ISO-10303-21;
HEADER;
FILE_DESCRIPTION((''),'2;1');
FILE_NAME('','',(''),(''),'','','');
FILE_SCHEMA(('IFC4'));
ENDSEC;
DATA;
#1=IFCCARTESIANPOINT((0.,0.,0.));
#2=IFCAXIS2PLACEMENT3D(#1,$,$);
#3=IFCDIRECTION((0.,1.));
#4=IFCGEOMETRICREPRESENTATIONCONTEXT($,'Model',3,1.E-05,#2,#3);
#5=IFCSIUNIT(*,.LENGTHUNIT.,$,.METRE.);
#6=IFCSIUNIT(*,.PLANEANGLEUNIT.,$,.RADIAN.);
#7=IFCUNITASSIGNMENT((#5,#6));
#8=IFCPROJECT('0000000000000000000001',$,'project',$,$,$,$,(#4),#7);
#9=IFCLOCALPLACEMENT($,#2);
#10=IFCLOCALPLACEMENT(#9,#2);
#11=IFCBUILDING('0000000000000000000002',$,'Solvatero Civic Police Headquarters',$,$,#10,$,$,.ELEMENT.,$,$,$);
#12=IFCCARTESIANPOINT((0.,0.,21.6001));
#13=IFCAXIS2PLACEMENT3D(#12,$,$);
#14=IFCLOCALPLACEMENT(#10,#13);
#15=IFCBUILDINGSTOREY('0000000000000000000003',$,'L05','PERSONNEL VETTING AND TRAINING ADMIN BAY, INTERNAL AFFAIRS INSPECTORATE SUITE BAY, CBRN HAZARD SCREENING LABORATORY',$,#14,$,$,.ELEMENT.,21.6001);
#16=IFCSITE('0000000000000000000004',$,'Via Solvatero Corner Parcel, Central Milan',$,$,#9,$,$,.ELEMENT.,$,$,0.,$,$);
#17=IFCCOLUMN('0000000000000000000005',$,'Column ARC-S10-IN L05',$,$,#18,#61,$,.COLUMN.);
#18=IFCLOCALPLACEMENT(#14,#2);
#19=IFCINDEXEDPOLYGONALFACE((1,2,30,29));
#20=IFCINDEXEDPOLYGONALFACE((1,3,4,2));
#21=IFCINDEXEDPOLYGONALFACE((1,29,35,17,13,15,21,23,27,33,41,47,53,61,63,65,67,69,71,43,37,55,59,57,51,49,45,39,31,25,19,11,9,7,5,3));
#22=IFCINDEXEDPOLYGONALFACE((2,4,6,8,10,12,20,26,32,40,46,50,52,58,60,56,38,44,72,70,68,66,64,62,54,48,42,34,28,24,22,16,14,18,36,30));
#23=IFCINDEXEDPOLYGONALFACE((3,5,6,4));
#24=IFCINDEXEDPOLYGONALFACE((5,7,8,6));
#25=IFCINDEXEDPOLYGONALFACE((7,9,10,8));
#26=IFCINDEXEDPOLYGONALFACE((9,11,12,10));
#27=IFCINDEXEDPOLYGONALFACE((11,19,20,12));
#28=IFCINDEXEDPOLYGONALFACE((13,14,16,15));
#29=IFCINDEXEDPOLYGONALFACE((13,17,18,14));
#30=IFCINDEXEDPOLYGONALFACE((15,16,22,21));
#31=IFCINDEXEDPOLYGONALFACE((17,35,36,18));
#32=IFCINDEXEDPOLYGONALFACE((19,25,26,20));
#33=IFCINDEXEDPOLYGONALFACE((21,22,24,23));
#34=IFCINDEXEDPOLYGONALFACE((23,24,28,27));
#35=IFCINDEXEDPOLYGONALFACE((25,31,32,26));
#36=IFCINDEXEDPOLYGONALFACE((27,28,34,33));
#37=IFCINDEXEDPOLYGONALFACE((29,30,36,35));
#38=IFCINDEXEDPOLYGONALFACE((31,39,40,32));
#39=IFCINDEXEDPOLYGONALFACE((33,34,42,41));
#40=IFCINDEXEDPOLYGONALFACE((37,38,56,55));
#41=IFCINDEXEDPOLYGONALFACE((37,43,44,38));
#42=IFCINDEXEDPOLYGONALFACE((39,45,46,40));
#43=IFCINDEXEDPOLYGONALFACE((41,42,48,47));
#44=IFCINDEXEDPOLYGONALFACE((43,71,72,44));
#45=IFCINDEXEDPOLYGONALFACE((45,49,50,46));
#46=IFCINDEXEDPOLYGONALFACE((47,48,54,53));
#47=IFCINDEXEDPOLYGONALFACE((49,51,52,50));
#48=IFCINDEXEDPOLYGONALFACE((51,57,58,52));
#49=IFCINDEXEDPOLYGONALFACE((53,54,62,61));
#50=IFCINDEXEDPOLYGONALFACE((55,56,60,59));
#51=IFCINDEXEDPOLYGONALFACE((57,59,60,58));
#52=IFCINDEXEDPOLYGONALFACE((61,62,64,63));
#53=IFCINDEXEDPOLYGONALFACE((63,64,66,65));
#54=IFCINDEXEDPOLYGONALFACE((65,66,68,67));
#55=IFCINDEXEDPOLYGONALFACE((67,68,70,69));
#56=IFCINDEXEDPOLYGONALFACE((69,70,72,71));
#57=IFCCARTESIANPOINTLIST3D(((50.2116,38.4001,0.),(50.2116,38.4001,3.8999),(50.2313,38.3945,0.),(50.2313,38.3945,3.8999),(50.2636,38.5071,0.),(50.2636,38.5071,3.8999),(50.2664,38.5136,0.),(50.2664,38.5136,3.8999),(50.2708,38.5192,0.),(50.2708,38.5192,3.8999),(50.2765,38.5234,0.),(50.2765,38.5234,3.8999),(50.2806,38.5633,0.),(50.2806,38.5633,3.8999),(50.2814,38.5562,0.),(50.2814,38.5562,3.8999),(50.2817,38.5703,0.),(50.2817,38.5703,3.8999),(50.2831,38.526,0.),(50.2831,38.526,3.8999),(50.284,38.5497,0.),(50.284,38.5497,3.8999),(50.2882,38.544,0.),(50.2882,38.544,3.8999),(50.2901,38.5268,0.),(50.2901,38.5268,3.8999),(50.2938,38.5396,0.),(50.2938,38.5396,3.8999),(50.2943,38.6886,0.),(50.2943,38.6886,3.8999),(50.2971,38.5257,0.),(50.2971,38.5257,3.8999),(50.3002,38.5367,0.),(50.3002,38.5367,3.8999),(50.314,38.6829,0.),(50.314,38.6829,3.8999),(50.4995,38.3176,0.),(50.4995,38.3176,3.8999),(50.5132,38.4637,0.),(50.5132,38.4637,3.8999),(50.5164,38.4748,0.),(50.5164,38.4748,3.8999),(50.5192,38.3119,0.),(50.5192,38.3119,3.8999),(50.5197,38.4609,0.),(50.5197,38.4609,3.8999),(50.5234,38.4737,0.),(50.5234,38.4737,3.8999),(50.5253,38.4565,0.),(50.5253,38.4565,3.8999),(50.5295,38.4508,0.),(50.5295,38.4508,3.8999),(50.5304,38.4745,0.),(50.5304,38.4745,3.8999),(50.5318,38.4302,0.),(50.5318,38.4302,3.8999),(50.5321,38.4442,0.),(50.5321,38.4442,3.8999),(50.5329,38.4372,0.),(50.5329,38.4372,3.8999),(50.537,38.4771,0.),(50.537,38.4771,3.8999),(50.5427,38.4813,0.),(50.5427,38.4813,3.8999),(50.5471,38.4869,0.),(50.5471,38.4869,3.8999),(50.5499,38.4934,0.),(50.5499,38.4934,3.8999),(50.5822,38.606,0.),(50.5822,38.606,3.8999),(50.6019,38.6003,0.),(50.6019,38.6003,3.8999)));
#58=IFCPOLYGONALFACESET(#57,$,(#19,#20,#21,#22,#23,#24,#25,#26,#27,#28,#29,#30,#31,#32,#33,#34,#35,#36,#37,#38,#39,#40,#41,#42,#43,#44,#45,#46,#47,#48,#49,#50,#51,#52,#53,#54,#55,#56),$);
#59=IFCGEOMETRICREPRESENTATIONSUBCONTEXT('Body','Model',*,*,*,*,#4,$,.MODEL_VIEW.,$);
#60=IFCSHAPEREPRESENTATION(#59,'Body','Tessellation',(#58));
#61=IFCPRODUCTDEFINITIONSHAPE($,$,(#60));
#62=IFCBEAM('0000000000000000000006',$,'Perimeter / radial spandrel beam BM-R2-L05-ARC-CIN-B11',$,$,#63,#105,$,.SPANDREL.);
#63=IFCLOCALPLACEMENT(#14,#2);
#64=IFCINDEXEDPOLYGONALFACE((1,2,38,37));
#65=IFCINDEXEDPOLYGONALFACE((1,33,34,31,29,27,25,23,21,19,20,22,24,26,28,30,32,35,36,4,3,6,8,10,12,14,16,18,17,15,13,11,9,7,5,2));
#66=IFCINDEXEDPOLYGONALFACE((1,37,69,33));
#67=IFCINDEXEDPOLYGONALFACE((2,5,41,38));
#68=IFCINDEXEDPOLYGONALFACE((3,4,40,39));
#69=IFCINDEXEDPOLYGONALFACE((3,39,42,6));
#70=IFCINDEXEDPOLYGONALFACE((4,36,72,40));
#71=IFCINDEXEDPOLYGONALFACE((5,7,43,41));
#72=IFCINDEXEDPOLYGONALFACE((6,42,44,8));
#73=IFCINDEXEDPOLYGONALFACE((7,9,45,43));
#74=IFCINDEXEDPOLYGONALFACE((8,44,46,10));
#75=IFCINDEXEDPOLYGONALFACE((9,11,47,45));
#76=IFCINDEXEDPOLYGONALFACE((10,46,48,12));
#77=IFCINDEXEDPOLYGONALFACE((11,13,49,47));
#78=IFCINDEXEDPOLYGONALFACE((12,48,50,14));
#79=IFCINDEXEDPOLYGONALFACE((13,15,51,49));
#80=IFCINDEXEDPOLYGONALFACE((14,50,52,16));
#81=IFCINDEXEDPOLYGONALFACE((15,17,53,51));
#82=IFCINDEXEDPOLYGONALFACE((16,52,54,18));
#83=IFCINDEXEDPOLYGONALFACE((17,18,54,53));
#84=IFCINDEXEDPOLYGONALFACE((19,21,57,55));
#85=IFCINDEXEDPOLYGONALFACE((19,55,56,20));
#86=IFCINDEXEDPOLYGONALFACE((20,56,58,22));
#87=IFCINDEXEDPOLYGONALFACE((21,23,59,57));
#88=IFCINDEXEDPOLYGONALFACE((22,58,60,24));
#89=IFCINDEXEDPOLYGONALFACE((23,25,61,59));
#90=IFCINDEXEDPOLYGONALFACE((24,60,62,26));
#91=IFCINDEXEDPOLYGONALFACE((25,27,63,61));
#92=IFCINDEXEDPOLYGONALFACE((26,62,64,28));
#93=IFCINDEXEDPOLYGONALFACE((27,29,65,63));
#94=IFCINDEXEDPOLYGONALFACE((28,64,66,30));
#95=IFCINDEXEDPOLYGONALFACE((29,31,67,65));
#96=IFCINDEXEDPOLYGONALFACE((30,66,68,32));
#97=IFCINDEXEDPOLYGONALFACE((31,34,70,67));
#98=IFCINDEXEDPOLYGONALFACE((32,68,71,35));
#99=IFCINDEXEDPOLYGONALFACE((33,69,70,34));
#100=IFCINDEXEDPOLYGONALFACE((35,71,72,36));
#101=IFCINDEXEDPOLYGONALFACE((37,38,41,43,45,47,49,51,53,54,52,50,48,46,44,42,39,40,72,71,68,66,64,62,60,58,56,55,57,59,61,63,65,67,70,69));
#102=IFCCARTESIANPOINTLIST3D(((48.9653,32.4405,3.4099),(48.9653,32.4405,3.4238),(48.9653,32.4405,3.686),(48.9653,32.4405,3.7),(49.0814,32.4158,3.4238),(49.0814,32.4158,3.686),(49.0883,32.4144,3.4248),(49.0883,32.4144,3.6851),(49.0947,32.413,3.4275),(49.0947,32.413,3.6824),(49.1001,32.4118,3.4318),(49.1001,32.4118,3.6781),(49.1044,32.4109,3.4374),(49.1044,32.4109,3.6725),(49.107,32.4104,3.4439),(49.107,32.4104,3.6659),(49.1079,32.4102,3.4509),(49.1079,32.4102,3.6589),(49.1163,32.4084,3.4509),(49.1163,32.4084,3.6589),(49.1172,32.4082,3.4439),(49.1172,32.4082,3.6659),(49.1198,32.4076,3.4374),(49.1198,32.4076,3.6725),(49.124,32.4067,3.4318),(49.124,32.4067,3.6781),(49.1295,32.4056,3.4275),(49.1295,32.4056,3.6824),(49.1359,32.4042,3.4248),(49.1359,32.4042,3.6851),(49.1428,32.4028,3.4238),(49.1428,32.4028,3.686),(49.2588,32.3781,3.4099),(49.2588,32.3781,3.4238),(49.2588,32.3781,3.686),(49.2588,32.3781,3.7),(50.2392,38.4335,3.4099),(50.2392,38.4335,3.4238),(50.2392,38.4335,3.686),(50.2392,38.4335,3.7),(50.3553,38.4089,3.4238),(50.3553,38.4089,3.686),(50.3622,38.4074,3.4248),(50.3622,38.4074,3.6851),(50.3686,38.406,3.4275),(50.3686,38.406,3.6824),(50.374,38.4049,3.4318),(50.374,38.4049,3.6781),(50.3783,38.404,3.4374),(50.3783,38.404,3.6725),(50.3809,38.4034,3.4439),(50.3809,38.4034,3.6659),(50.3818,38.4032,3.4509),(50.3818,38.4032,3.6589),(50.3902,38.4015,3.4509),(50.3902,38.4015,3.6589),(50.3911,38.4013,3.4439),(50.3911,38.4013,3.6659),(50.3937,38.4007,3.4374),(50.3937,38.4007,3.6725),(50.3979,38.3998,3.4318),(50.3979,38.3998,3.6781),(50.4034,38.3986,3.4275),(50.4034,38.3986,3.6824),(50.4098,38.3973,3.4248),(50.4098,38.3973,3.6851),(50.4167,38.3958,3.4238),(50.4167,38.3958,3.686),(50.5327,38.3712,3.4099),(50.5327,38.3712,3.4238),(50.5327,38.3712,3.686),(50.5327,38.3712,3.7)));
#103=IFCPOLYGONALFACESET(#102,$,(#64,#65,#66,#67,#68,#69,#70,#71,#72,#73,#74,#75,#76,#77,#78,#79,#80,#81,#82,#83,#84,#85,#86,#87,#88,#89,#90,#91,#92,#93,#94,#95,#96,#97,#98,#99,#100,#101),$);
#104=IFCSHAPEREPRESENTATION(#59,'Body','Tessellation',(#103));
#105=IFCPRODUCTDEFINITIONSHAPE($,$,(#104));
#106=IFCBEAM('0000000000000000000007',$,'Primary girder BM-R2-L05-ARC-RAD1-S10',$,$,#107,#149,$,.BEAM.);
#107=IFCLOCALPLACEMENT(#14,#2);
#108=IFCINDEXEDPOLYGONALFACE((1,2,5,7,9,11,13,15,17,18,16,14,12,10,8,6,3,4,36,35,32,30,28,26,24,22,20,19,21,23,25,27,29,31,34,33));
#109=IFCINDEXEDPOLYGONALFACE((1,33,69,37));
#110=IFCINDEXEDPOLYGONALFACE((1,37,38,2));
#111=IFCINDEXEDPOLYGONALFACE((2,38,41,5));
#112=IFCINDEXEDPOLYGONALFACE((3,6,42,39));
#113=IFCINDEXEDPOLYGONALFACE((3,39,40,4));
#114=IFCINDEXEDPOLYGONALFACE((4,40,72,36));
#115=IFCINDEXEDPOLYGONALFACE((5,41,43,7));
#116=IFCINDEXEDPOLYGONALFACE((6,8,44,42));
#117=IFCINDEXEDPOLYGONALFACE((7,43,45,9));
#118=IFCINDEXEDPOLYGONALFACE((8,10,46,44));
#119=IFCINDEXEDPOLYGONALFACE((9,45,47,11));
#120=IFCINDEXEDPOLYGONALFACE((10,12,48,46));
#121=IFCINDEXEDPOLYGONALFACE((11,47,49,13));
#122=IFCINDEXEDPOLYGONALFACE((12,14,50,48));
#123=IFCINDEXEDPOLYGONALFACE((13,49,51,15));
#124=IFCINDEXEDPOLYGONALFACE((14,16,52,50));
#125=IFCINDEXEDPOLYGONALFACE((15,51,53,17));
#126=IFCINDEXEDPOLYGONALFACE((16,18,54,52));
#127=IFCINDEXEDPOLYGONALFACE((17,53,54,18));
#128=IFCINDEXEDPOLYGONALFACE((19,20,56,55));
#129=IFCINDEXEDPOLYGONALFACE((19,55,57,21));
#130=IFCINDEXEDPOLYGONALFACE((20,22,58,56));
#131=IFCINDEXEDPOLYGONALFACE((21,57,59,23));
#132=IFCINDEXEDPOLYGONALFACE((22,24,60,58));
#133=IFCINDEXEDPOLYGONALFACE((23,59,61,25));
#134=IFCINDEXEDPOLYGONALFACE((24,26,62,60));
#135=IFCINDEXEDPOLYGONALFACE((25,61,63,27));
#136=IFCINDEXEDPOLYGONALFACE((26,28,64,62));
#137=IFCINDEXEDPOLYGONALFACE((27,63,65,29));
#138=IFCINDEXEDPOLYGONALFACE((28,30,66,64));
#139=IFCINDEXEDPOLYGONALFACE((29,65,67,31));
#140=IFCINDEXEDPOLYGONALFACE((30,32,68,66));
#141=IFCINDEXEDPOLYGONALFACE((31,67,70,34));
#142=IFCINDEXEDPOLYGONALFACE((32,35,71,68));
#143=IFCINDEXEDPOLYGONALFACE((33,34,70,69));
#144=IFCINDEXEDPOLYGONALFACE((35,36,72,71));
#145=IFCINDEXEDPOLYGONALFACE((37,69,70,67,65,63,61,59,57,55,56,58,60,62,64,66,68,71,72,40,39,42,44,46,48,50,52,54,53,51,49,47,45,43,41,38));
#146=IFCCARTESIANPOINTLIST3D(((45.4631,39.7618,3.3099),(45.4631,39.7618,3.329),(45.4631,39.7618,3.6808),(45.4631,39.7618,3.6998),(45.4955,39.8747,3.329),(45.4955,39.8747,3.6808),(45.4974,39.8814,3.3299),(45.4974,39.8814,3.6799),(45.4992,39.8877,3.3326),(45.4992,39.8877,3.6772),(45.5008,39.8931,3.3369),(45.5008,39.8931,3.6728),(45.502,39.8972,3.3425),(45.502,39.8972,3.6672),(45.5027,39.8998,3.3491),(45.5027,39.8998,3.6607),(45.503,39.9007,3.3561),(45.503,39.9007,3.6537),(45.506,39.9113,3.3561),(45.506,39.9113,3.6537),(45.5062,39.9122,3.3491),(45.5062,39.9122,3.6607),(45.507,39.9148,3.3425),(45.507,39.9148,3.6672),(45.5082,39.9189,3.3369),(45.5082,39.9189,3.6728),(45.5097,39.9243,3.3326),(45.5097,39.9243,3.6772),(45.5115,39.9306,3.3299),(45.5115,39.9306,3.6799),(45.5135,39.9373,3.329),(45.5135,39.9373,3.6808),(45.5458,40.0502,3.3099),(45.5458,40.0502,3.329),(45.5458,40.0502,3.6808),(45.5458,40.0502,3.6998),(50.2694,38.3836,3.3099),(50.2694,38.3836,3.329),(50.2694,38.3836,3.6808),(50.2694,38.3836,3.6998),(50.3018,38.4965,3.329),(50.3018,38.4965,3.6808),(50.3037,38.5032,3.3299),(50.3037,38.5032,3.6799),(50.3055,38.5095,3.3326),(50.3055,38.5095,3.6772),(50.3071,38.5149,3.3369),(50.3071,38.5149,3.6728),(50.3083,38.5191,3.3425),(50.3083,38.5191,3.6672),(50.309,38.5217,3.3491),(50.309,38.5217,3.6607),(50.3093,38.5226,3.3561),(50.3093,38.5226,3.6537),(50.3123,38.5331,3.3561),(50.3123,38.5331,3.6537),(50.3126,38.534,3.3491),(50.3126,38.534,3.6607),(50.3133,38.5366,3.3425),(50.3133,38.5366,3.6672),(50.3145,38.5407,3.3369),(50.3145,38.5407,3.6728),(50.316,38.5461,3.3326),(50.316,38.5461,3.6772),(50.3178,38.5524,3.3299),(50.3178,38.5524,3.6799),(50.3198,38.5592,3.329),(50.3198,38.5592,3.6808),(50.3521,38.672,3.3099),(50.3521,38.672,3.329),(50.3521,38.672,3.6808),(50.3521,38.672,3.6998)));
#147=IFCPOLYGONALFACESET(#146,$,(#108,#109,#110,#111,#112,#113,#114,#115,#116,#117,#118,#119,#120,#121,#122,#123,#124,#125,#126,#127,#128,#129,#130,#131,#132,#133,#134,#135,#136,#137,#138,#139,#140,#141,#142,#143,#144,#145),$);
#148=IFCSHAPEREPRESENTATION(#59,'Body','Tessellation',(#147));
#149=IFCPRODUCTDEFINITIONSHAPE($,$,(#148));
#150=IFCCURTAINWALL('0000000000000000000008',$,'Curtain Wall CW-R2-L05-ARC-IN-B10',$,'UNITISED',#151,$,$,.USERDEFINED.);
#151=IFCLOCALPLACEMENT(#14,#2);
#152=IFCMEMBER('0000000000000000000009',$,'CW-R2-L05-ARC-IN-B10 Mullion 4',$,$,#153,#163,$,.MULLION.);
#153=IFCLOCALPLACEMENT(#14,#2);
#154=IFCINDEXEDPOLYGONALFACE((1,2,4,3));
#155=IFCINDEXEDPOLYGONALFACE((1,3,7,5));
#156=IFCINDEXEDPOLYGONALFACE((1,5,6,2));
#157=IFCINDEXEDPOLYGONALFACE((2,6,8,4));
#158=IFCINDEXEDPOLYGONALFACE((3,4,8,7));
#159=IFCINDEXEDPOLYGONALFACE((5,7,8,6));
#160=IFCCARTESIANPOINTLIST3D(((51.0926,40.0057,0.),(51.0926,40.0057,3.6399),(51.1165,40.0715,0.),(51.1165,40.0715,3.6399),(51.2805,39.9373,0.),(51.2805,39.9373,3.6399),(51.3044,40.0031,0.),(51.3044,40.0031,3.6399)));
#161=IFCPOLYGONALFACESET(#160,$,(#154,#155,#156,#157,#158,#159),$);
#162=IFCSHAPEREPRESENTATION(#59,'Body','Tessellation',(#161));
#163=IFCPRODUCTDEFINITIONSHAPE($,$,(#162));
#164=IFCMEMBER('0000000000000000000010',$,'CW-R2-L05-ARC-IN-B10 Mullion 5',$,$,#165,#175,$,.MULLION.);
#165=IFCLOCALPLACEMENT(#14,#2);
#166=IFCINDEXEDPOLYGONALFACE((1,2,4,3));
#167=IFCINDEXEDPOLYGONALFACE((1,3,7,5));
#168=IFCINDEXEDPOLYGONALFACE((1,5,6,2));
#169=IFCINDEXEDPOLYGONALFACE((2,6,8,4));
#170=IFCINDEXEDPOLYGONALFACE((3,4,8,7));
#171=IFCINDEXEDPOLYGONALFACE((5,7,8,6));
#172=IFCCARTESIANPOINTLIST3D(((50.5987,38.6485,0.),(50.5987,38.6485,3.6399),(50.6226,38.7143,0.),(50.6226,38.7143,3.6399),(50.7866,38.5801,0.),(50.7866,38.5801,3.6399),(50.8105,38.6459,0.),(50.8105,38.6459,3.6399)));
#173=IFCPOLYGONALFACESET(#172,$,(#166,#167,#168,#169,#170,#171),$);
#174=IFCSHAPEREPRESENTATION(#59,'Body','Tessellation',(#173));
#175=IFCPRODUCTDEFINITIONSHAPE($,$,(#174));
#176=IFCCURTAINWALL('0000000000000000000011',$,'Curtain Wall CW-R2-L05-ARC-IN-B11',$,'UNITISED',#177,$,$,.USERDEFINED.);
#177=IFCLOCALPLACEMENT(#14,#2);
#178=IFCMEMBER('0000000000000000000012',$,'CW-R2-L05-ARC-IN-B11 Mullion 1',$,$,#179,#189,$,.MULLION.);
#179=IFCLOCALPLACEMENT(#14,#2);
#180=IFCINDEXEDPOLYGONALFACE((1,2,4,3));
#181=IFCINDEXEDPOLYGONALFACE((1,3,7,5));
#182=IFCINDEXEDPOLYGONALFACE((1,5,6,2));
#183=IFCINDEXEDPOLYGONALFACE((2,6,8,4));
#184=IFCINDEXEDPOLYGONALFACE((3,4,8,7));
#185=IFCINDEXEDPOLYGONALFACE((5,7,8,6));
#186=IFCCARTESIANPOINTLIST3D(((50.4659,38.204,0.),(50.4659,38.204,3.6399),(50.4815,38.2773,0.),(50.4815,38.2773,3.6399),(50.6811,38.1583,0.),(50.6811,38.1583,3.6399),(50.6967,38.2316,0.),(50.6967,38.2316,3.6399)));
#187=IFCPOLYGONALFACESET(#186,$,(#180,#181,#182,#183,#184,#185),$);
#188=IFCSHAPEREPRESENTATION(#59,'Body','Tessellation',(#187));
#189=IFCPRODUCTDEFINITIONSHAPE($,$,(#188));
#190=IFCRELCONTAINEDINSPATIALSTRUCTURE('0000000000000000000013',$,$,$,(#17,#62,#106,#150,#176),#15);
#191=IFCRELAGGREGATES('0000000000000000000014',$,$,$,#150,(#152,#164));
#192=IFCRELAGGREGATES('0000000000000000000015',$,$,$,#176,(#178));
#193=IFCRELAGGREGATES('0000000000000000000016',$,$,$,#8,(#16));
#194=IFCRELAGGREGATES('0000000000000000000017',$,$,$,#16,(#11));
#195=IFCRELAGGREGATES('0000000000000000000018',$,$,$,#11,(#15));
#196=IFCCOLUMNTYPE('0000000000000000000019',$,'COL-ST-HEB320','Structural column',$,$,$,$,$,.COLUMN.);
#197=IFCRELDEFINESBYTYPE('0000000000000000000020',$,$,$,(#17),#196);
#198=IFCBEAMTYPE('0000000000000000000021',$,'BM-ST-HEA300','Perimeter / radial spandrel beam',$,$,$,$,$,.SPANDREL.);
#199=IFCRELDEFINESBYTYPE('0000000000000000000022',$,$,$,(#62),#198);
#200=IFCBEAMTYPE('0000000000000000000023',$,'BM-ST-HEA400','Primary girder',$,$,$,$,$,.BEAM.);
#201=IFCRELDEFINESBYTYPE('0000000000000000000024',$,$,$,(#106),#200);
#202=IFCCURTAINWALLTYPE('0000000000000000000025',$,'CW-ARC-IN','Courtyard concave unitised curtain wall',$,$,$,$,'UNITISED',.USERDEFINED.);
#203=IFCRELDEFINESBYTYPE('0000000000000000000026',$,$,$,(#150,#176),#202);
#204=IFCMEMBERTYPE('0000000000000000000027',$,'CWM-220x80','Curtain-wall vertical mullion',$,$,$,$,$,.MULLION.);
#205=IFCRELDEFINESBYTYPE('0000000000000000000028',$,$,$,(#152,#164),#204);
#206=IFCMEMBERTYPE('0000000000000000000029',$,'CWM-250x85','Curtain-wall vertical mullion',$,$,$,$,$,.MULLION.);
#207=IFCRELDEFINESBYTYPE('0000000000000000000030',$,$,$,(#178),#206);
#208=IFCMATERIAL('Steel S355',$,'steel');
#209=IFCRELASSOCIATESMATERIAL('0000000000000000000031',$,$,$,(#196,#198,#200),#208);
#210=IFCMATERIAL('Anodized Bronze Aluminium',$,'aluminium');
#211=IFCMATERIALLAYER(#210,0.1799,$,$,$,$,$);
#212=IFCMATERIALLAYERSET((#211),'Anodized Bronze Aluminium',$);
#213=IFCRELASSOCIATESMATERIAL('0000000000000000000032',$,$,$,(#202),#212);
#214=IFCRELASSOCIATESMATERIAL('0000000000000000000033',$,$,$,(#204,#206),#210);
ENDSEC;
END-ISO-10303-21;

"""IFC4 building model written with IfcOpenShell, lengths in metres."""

from ifc_helpers import new_model, si_unit, direction, frame, origin, origin_2d, place, context, subcontext, project, spatial, rectangle, i_section, extrude, material, layer, layer_set, material_profile, profile_set, type_object, element, aggregate, save


model = new_model("IFC4")

# Units and contexts
model_context = context("Model", 3, precision=1e-05, world=origin(), true_north=direction((0.0, 1.0)))
body_context = subcontext(model_context, "Body", "Model", "MODEL_VIEW")
ifc_project = project(units=[si_unit("LENGTHUNIT", "METRE"), si_unit("PLANEANGLEUNIT", "RADIAN")], contexts=[model_context])

# Site, building, storey
site_placement = place(None, origin())
site = spatial("IfcSite", under=ifc_project, at=site_placement, Name="Via Solvatero Corner Parcel, Central Milan", CompositionType="ELEMENT", RefElevation=0.0)
building_placement = place(site_placement, origin())
building = spatial("IfcBuilding", under=site, at=building_placement, Name="Solvatero Civic Police Headquarters", CompositionType="ELEMENT")
storey_placement = place(building_placement, frame((0.0, 0.0, 21.6001)))
storey = spatial("IfcBuildingStorey", under=building, at=storey_placement, Name="L05", Description="PERSONNEL VETTING AND TRAINING ADMIN BAY, INTERNAL AFFAIRS INSPECTORATE SUITE BAY, CBRN HAZARD SCREENING LABORATORY", CompositionType="ELEMENT", Elevation=21.6001)

# Column
ifc_material_1 = material(Name="Steel S355", Category="steel")
ifc_material_profile_1 = material_profile(ifc_material_1, i_section(OverallWidth=0.3, OverallDepth=0.3201, WebThickness=0.0115, FlangeThickness=0.0205, FilletRadius=0.0271, at=origin_2d()), Name="HEB 320")
ifc_profile_set_1 = profile_set([ifc_material_profile_1], Name="Steel S355")
column_type = type_object("IfcColumnType", Name="COL-ST-HEB320", Description="Structural column", PredefinedType="COLUMN", material=ifc_profile_set_1)
column_placement = place(storey_placement, frame((50.4067, 38.5002, 0.0), z_axis=(0.0, 0.0, 1.0), x_axis=(0.275637, 0.961262, 0.0)))
element("IfcColumn", 1, at=column_placement, inside=storey, type_object=column_type, Name="Column ARC-S10-IN L05", PredefinedType="COLUMN", context=body_context, shape_type="SweptSolid", body=[
    extrude(i_section(OverallWidth=0.3, OverallDepth=0.3201, WebThickness=0.0115, FlangeThickness=0.0205, FilletRadius=0.0271, at=origin_2d()), origin(), (0.0, 0.0, 1.0), 3.8999),
])

# Beams
ifc_material_profile_2 = material_profile(ifc_material_1, i_section(OverallWidth=0.3, OverallDepth=0.29, WebThickness=0.0085, FlangeThickness=0.0139, FilletRadius=0.0271, at=origin_2d()), Name="HEA 300")
ifc_profile_set_2 = profile_set([ifc_material_profile_2], Name="Steel S355")
beam_type_1 = type_object("IfcBeamType", Name="BM-ST-HEA300", Description="Perimeter / radial spandrel beam", PredefinedType="SPANDREL", material=ifc_profile_set_2)
beam_1_placement = place(storey_placement, frame((50.386, 38.4023, 3.5549), z_axis=(-0.207918, -0.978146, 0.0), x_axis=(0.978146, -0.207918, 0.0)))
element("IfcBeam", 2, at=beam_1_placement, inside=storey, type_object=beam_type_1, Name="Perimeter / radial spandrel beam BM-R2-L05-ARC-CIN-B11", PredefinedType="SPANDREL", context=body_context, shape_type="SweptSolid", body=[
    extrude(i_section(OverallWidth=0.3, OverallDepth=0.29, WebThickness=0.0085, FlangeThickness=0.0139, FilletRadius=0.0271, at=origin_2d()), origin(), (0.0, 0.0, 1.0), 6.127),
])
ifc_material_profile_3 = material_profile(ifc_material_1, i_section(OverallWidth=0.3, OverallDepth=0.3899, WebThickness=0.011, FlangeThickness=0.019, FilletRadius=0.0271, at=origin_2d()), Name="HEA 400")
ifc_profile_set_3 = profile_set([ifc_material_profile_3], Name="Steel S355")
beam_type_2 = type_object("IfcBeamType", Name="BM-ST-HEA400", Description="Primary girder", PredefinedType="BEAM", material=ifc_profile_set_3)
beam_2_placement = place(storey_placement, frame((50.3108, 38.5278, 3.5049), z_axis=(-0.961264, 0.27563, 0.0), x_axis=(-0.27563, -0.961264, 0.0)))
element("IfcBeam", 3, at=beam_2_placement, inside=storey, type_object=beam_type_2, Name="Primary girder BM-R2-L05-ARC-RAD1-S10", PredefinedType="BEAM", context=body_context, shape_type="SweptSolid", body=[
    extrude(i_section(OverallWidth=0.3, OverallDepth=0.3899, WebThickness=0.011, FlangeThickness=0.019, FilletRadius=0.0271, at=origin_2d()), origin(), (0.0, 0.0, 1.0), 5.0),
])

# Curtain walls, members
ifc_material_2 = material(Name="Anodized Bronze Aluminium", Category="aluminium")
ifc_layer_1 = layer(ifc_material_2, 0.1799)
ifc_layer_set_1 = layer_set([ifc_layer_1], Name="Anodized Bronze Aluminium")
curtain_wall_type = type_object("IfcCurtainWallType", Name="CW-ARC-IN", Description="Courtyard concave unitised curtain wall", ElementType="UNITISED", PredefinedType="USERDEFINED", material=ifc_layer_set_1)
curtain_wall_1_placement = place(storey_placement, origin())
curtain_wall_1 = element("IfcCurtainWall", 4, at=curtain_wall_1_placement, inside=storey, type_object=curtain_wall_type, Name="Curtain Wall CW-R2-L05-ARC-IN-B10", ObjectType="UNITISED", PredefinedType="USERDEFINED")
ifc_material_profile_4 = material_profile(ifc_material_2, rectangle(XDim=0.0701, YDim=0.2, at=origin_2d()), Name="ALU MULLION 70x200")
ifc_profile_set_4 = profile_set([ifc_material_profile_4], Name="Anodized Bronze Aluminium")
member_type_1 = type_object("IfcMemberType", Name="CWM-220x80", Description="Curtain-wall vertical mullion", PredefinedType="MULLION", material=ifc_profile_set_4)
member_1_placement = place(storey_placement, frame((51.1985, 40.0044, 0.0), z_axis=(0.0, 0.0, 1.0), x_axis=(-0.34202, -0.939693, 0.0)))
member_1 = element("IfcMember", 5, at=member_1_placement, type_object=member_type_1, Name="CW-R2-L05-ARC-IN-B10 Mullion 4", PredefinedType="MULLION", context=body_context, shape_type="SweptSolid", body=[
    extrude(rectangle(XDim=0.0701, YDim=0.2, at=origin_2d()), origin(), (0.0, 0.0, 1.0), 3.6399),
])
member_2_placement = place(storey_placement, frame((50.7046, 38.6472, 0.0), z_axis=(0.0, 0.0, 1.0), x_axis=(-0.34202, -0.939693, 0.0)))
member_2 = element("IfcMember", 6, at=member_2_placement, type_object=member_type_1, Name="CW-R2-L05-ARC-IN-B10 Mullion 5", PredefinedType="MULLION", context=body_context, shape_type="SweptSolid", body=[
    extrude(rectangle(XDim=0.0701, YDim=0.2, at=origin_2d()), origin(), (0.0, 0.0, 1.0), 3.6399),
])
curtain_wall_2_placement = place(storey_placement, origin())
curtain_wall_2 = element("IfcCurtainWall", 7, at=curtain_wall_2_placement, inside=storey, type_object=curtain_wall_type, Name="Curtain Wall CW-R2-L05-ARC-IN-B11", ObjectType="UNITISED", PredefinedType="USERDEFINED")
ifc_material_profile_5 = material_profile(ifc_material_2, rectangle(XDim=0.075, YDim=0.22, at=origin_2d()), Name="ALU MULLION 75x220")
ifc_profile_set_5 = profile_set([ifc_material_profile_5], Name="Anodized Bronze Aluminium")
member_type_2 = type_object("IfcMemberType", Name="CWM-250x85", Description="Curtain-wall vertical mullion", PredefinedType="MULLION", material=ifc_profile_set_5)
member_3_placement = place(storey_placement, frame((50.5813, 38.2178, 0.0), z_axis=(0.0, 0.0, 1.0), x_axis=(-0.207895, -0.978151, 0.0)))
member_3 = element("IfcMember", 8, at=member_3_placement, type_object=member_type_2, Name="CW-R2-L05-ARC-IN-B11 Mullion 1", PredefinedType="MULLION", context=body_context, shape_type="SweptSolid", body=[
    extrude(rectangle(XDim=0.075, YDim=0.22, at=origin_2d()), origin(), (0.0, 0.0, 1.0), 3.6399),
])

aggregate(curtain_wall_1, [member_1, member_2])
aggregate(curtain_wall_2, [member_3])

save(model, "model.ifc")
